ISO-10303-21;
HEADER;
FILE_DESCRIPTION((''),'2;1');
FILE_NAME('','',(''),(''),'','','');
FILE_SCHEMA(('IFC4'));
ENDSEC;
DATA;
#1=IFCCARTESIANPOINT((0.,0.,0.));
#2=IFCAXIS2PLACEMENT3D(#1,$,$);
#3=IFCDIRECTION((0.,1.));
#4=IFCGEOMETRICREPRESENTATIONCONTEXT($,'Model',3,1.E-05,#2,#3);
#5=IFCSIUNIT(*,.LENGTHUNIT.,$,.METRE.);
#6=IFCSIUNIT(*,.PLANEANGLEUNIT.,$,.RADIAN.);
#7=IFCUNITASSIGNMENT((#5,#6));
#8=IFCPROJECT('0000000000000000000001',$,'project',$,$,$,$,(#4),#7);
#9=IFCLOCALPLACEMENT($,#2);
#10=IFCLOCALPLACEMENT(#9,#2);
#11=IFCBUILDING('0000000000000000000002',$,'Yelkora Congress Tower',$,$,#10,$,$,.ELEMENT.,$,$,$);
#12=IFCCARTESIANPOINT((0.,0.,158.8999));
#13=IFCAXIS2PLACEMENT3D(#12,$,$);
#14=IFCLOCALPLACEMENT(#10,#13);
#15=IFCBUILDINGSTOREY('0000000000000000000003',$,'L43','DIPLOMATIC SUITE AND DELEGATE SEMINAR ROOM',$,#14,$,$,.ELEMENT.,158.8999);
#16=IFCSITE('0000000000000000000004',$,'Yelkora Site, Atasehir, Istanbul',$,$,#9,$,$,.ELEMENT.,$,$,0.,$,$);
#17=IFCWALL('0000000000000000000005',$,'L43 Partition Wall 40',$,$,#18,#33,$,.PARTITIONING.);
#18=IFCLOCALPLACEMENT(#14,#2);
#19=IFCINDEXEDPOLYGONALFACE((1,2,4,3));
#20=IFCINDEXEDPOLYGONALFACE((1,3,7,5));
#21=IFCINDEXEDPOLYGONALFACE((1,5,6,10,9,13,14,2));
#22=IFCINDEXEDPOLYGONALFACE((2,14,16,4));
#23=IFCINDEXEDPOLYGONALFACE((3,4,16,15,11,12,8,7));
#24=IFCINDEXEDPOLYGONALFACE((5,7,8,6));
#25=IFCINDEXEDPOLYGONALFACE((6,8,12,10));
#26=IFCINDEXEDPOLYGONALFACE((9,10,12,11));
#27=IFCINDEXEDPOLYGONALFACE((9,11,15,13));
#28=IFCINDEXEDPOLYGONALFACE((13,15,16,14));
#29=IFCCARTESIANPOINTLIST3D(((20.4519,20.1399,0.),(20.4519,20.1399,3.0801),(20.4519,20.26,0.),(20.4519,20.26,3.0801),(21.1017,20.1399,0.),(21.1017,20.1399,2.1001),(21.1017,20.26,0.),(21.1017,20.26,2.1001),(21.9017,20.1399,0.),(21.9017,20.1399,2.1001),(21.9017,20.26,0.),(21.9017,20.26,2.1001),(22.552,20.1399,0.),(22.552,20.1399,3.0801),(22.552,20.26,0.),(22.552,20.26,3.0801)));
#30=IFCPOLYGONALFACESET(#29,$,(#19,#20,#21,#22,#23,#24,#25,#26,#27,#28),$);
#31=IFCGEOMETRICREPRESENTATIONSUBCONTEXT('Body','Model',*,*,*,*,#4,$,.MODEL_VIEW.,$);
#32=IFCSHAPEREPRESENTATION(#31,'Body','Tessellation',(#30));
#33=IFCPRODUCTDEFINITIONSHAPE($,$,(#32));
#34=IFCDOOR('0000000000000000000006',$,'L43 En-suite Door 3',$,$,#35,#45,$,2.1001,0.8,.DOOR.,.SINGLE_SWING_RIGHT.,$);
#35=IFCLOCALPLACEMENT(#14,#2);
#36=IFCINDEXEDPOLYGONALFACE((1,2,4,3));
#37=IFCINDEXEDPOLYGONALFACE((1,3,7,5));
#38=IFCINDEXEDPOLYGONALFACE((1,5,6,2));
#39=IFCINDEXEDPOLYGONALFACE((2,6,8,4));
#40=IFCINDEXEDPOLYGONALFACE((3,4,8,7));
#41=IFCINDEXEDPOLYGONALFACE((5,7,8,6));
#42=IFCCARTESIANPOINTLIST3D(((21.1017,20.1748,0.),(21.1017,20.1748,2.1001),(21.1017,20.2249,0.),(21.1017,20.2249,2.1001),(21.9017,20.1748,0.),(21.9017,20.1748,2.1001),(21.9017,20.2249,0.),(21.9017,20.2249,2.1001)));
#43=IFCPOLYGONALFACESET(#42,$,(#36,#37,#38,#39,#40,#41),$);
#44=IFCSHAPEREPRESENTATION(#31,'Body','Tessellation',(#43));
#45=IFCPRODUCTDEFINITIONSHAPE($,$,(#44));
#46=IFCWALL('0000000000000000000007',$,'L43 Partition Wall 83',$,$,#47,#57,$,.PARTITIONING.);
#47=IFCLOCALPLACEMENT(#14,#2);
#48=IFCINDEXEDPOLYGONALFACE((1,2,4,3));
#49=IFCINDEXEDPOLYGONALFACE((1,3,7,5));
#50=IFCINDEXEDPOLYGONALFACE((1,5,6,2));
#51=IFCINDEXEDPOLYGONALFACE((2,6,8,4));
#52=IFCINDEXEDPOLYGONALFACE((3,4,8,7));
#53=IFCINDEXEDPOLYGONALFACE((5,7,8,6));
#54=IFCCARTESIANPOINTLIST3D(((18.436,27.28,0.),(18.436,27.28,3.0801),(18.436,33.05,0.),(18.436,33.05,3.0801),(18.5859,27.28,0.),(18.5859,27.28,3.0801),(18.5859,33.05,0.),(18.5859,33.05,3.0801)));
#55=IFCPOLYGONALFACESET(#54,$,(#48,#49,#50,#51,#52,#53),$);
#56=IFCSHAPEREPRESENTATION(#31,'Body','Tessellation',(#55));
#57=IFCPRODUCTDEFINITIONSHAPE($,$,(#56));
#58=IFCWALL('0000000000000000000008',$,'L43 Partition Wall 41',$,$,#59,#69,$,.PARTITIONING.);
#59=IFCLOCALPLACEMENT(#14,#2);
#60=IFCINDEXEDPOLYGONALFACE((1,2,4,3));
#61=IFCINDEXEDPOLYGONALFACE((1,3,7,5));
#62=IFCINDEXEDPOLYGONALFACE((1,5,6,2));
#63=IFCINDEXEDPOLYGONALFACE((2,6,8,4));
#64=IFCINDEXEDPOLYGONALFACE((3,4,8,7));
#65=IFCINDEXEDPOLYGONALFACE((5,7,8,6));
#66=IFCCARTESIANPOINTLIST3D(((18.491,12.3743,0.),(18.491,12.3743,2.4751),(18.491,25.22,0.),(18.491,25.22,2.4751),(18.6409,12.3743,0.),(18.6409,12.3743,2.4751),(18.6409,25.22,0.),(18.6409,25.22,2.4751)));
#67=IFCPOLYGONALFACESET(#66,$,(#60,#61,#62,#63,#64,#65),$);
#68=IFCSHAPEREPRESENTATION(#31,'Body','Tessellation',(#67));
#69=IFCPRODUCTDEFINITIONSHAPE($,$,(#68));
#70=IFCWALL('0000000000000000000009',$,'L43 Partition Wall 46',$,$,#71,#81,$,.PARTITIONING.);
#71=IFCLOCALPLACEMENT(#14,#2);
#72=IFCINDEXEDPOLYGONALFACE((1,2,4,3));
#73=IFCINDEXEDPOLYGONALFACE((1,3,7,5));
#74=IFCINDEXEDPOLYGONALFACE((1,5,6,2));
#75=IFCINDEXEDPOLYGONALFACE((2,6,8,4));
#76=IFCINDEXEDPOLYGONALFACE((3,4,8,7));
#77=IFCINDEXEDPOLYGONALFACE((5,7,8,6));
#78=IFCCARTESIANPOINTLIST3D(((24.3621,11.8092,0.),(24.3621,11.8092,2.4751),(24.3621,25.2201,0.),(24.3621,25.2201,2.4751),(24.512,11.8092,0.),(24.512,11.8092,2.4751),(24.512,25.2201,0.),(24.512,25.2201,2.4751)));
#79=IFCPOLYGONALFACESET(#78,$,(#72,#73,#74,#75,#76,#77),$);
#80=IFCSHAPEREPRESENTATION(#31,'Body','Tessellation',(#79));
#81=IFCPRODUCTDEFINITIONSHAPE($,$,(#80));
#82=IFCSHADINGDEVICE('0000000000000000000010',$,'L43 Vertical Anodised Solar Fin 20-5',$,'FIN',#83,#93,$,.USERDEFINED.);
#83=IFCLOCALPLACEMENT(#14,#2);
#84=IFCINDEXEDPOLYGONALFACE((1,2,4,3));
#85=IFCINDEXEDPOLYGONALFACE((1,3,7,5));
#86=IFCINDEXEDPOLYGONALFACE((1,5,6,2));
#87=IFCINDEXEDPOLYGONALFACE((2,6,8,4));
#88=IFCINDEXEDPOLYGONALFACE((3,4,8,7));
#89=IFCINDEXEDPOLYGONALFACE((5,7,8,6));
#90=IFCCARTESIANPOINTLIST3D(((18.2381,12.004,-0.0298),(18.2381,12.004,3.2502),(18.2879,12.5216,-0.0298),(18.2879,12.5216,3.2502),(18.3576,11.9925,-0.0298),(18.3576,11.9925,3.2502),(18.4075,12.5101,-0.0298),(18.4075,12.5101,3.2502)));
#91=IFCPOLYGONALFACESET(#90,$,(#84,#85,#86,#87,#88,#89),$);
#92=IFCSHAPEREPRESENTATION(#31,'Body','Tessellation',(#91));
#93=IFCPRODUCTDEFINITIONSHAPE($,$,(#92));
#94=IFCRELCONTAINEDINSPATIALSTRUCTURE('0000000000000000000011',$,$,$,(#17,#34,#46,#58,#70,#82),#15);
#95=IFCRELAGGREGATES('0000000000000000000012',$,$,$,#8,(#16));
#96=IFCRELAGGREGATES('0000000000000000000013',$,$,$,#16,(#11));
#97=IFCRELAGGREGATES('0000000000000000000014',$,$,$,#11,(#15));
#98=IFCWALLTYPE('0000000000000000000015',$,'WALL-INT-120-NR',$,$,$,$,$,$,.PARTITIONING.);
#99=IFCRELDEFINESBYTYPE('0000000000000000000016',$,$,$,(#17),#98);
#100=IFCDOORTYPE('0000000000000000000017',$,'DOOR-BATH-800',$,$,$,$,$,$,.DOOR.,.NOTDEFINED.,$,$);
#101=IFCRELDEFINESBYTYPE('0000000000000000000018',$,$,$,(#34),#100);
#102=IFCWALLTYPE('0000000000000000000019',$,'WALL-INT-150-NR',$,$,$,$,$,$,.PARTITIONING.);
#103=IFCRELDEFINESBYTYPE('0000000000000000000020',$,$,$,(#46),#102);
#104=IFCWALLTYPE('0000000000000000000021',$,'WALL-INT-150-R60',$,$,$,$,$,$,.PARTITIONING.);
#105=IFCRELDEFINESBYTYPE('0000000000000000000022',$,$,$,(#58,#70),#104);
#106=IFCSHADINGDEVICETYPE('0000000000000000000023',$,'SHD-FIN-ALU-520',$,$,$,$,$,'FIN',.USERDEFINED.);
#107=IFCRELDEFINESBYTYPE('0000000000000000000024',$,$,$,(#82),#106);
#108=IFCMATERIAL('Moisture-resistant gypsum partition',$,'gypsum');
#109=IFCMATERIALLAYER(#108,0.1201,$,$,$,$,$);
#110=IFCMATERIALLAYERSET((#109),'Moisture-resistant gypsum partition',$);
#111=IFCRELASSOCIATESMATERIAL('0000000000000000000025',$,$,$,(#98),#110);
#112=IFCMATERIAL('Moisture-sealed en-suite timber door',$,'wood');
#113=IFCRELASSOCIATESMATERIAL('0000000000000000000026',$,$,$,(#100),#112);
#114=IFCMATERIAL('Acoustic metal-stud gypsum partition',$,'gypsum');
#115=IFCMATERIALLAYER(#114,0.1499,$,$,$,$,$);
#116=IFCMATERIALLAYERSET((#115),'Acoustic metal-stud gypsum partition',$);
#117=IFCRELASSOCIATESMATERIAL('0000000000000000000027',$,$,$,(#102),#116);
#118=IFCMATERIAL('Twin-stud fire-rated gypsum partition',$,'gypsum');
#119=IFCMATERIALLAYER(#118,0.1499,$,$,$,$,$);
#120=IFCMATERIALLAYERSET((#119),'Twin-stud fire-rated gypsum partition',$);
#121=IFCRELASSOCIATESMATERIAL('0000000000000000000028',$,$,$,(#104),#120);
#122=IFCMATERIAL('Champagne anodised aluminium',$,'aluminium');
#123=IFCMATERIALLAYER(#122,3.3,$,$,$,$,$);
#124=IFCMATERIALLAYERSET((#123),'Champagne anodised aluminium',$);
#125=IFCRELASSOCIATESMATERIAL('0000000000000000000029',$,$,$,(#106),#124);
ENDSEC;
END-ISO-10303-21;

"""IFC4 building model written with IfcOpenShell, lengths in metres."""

from ifc_helpers import new_model, si_unit, direction, frame, frame_2d, origin, origin_2d, place, context, subcontext, project, spatial, rectangle, extrude, material, layer, layer_set, type_object, element, fill, save


model = new_model("IFC4")

# Units and contexts
model_context = context("Model", 3, precision=1e-05, world=origin(), true_north=direction((0.0, 1.0)))
body_context = subcontext(model_context, "Body", "Model", "MODEL_VIEW")
ifc_project = project(units=[si_unit("LENGTHUNIT", "METRE"), si_unit("PLANEANGLEUNIT", "RADIAN")], contexts=[model_context])

# Site, building, storey
site_placement = place(None, origin())
site = spatial("IfcSite", under=ifc_project, at=site_placement, Name="Yelkora Site, Atasehir, Istanbul", CompositionType="ELEMENT", RefElevation=0.0)
building_placement = place(site_placement, origin())
building = spatial("IfcBuilding", under=site, at=building_placement, Name="Yelkora Congress Tower", CompositionType="ELEMENT")
storey_placement = place(building_placement, frame((0.0, 0.0, 158.8999)))
storey = spatial("IfcBuildingStorey", under=building, at=storey_placement, Name="L43", Description="DIPLOMATIC SUITE AND DELEGATE SEMINAR ROOM", CompositionType="ELEMENT", Elevation=158.8999)

# Shared definitions
ifc_material_1 = material(Name="Moisture-resistant gypsum partition", Category="gypsum")
ifc_layer_1 = layer(ifc_material_1, 0.1201)
ifc_layer_set_1 = layer_set([ifc_layer_1], Name="Moisture-resistant gypsum partition")
wall_type_1 = type_object("IfcWallType", Name="WALL-INT-120-NR", PredefinedType="PARTITIONING", material=ifc_layer_set_1)

# Wall, opening, door
wall_1_placement = place(storey_placement, frame((20.4519, 20.2, 0.0), z_axis=(0.0, 0.0, 1.0), x_axis=(1.0, 0.0, 0.0)))
wall_1 = element("IfcWall", 1, at=wall_1_placement, inside=storey, type_object=wall_type_1, Name="L43 Partition Wall 40", PredefinedType="PARTITIONING", context=body_context, shape_type="SweptSolid", body=[
    extrude(rectangle(XDim=2.1001, YDim=0.1201, at=frame_2d((1.05, 0.0))), origin(), (0.0, 0.0, 1.0), 3.0801),
])
opening_placement = place(wall_1_placement, frame((0.6499, 0.0, 0.0)))
opening = element("IfcOpeningElement", 2, at=opening_placement, cuts=wall_1, PredefinedType="OPENING", context=body_context, shape_type="SweptSolid", body=[
    extrude(rectangle(XDim=0.8, YDim=2.1001, at=frame_2d((0.3999, 1.05))), frame((0.0, 0.0701, 0.0), z_axis=(0.0, -1.0, 0.0), x_axis=(1.0, 0.0, 0.0)), (0.0, 0.0, 1.0), 0.1401),
])
ifc_material_2 = material(Name="Moisture-sealed en-suite timber door", Category="wood")
door_type = type_object("IfcDoorType", Name="DOOR-BATH-800", OperationType="NOTDEFINED", PredefinedType="DOOR", material=ifc_material_2)
door_placement = place(opening_placement, origin())
door = element("IfcDoor", 3, at=door_placement, inside=storey, type_object=door_type, Name="L43 En-suite Door 3", OperationType="SINGLE_SWING_RIGHT", OverallHeight=2.1001, OverallWidth=0.8, PredefinedType="DOOR", context=body_context, shape_type="SweptSolid", body=[
    extrude(rectangle(XDim=0.8, YDim=2.1001, at=frame_2d((0.3999, 1.05))), frame((0.0, 0.0249, 0.0), z_axis=(0.0, -1.0, 0.0), x_axis=(1.0, 0.0, 0.0)), (0.0, 0.0, 1.0), 0.05),
])
fill(opening, door)

# Walls
ifc_material_3 = material(Name="Acoustic metal-stud gypsum partition", Category="gypsum")
ifc_layer_2 = layer(ifc_material_3, 0.1499)
ifc_layer_set_2 = layer_set([ifc_layer_2], Name="Acoustic metal-stud gypsum partition")
wall_type_2 = type_object("IfcWallType", Name="WALL-INT-150-NR", PredefinedType="PARTITIONING", material=ifc_layer_set_2)
wall_2_placement = place(storey_placement, frame((18.511, 27.28, 0.0), z_axis=(0.0, 0.0, 1.0), x_axis=(0.0, 1.0, 0.0)))
element("IfcWall", 4, at=wall_2_placement, inside=storey, type_object=wall_type_2, Name="L43 Partition Wall 83", PredefinedType="PARTITIONING", context=body_context, shape_type="SweptSolid", body=[
    extrude(rectangle(XDim=5.77, YDim=0.1499, at=frame_2d((2.885, 0.0))), origin(), (0.0, 0.0, 1.0), 3.0801),
])
ifc_material_4 = material(Name="Twin-stud fire-rated gypsum partition", Category="gypsum")
ifc_layer_3 = layer(ifc_material_4, 0.1499)
ifc_layer_set_3 = layer_set([ifc_layer_3], Name="Twin-stud fire-rated gypsum partition")
wall_type_3 = type_object("IfcWallType", Name="WALL-INT-150-R60", PredefinedType="PARTITIONING", material=ifc_layer_set_3)
wall_3_placement = place(storey_placement, frame((18.5659, 12.3743, 0.0), z_axis=(0.0, 0.0, 1.0), x_axis=(0.0, 1.0, 0.0)))
element("IfcWall", 5, at=wall_3_placement, inside=storey, type_object=wall_type_3, Name="L43 Partition Wall 41", PredefinedType="PARTITIONING", context=body_context, shape_type="SweptSolid", body=[
    extrude(rectangle(XDim=12.8457, YDim=0.1499, at=frame_2d((6.4229, 0.0))), origin(), (0.0, 0.0, 1.0), 2.4751),
])
wall_4_placement = place(storey_placement, frame((24.437, 11.8091, 0.0), z_axis=(0.0, 0.0, 1.0), x_axis=(0.0, 1.0, 0.0)))
element("IfcWall", 6, at=wall_4_placement, inside=storey, type_object=wall_type_3, Name="L43 Partition Wall 46", PredefinedType="PARTITIONING", context=body_context, shape_type="SweptSolid", body=[
    extrude(rectangle(XDim=13.4109, YDim=0.1499, at=frame_2d((6.7056, 0.0))), origin(), (0.0, 0.0, 1.0), 2.4751),
])

# Shading device
ifc_material_5 = material(Name="Champagne anodised aluminium", Category="aluminium")
ifc_layer_4 = layer(ifc_material_5, 3.3)
ifc_layer_set_4 = layer_set([ifc_layer_4], Name="Champagne anodised aluminium")
shading_device_type = type_object("IfcShadingDeviceType", Name="SHD-FIN-ALU-520", ElementType="FIN", PredefinedType="USERDEFINED", material=ifc_layer_set_4)
shading_device_placement = place(storey_placement, frame((18.3228, 12.2571, -0.0298), z_axis=(0.0, 0.0, 1.0), x_axis=(-0.995396, 0.095846, 0.0)))
element("IfcShadingDevice", 7, at=shading_device_placement, inside=storey, type_object=shading_device_type, Name="L43 Vertical Anodised Solar Fin 20-5", ObjectType="FIN", PredefinedType="USERDEFINED", context=body_context, shape_type="SweptSolid", body=[
    extrude(rectangle(XDim=0.1201, YDim=0.52, at=origin_2d()), origin(), (0.0, 0.0, 1.0), 3.28),
])

save(model, "model.ifc")
